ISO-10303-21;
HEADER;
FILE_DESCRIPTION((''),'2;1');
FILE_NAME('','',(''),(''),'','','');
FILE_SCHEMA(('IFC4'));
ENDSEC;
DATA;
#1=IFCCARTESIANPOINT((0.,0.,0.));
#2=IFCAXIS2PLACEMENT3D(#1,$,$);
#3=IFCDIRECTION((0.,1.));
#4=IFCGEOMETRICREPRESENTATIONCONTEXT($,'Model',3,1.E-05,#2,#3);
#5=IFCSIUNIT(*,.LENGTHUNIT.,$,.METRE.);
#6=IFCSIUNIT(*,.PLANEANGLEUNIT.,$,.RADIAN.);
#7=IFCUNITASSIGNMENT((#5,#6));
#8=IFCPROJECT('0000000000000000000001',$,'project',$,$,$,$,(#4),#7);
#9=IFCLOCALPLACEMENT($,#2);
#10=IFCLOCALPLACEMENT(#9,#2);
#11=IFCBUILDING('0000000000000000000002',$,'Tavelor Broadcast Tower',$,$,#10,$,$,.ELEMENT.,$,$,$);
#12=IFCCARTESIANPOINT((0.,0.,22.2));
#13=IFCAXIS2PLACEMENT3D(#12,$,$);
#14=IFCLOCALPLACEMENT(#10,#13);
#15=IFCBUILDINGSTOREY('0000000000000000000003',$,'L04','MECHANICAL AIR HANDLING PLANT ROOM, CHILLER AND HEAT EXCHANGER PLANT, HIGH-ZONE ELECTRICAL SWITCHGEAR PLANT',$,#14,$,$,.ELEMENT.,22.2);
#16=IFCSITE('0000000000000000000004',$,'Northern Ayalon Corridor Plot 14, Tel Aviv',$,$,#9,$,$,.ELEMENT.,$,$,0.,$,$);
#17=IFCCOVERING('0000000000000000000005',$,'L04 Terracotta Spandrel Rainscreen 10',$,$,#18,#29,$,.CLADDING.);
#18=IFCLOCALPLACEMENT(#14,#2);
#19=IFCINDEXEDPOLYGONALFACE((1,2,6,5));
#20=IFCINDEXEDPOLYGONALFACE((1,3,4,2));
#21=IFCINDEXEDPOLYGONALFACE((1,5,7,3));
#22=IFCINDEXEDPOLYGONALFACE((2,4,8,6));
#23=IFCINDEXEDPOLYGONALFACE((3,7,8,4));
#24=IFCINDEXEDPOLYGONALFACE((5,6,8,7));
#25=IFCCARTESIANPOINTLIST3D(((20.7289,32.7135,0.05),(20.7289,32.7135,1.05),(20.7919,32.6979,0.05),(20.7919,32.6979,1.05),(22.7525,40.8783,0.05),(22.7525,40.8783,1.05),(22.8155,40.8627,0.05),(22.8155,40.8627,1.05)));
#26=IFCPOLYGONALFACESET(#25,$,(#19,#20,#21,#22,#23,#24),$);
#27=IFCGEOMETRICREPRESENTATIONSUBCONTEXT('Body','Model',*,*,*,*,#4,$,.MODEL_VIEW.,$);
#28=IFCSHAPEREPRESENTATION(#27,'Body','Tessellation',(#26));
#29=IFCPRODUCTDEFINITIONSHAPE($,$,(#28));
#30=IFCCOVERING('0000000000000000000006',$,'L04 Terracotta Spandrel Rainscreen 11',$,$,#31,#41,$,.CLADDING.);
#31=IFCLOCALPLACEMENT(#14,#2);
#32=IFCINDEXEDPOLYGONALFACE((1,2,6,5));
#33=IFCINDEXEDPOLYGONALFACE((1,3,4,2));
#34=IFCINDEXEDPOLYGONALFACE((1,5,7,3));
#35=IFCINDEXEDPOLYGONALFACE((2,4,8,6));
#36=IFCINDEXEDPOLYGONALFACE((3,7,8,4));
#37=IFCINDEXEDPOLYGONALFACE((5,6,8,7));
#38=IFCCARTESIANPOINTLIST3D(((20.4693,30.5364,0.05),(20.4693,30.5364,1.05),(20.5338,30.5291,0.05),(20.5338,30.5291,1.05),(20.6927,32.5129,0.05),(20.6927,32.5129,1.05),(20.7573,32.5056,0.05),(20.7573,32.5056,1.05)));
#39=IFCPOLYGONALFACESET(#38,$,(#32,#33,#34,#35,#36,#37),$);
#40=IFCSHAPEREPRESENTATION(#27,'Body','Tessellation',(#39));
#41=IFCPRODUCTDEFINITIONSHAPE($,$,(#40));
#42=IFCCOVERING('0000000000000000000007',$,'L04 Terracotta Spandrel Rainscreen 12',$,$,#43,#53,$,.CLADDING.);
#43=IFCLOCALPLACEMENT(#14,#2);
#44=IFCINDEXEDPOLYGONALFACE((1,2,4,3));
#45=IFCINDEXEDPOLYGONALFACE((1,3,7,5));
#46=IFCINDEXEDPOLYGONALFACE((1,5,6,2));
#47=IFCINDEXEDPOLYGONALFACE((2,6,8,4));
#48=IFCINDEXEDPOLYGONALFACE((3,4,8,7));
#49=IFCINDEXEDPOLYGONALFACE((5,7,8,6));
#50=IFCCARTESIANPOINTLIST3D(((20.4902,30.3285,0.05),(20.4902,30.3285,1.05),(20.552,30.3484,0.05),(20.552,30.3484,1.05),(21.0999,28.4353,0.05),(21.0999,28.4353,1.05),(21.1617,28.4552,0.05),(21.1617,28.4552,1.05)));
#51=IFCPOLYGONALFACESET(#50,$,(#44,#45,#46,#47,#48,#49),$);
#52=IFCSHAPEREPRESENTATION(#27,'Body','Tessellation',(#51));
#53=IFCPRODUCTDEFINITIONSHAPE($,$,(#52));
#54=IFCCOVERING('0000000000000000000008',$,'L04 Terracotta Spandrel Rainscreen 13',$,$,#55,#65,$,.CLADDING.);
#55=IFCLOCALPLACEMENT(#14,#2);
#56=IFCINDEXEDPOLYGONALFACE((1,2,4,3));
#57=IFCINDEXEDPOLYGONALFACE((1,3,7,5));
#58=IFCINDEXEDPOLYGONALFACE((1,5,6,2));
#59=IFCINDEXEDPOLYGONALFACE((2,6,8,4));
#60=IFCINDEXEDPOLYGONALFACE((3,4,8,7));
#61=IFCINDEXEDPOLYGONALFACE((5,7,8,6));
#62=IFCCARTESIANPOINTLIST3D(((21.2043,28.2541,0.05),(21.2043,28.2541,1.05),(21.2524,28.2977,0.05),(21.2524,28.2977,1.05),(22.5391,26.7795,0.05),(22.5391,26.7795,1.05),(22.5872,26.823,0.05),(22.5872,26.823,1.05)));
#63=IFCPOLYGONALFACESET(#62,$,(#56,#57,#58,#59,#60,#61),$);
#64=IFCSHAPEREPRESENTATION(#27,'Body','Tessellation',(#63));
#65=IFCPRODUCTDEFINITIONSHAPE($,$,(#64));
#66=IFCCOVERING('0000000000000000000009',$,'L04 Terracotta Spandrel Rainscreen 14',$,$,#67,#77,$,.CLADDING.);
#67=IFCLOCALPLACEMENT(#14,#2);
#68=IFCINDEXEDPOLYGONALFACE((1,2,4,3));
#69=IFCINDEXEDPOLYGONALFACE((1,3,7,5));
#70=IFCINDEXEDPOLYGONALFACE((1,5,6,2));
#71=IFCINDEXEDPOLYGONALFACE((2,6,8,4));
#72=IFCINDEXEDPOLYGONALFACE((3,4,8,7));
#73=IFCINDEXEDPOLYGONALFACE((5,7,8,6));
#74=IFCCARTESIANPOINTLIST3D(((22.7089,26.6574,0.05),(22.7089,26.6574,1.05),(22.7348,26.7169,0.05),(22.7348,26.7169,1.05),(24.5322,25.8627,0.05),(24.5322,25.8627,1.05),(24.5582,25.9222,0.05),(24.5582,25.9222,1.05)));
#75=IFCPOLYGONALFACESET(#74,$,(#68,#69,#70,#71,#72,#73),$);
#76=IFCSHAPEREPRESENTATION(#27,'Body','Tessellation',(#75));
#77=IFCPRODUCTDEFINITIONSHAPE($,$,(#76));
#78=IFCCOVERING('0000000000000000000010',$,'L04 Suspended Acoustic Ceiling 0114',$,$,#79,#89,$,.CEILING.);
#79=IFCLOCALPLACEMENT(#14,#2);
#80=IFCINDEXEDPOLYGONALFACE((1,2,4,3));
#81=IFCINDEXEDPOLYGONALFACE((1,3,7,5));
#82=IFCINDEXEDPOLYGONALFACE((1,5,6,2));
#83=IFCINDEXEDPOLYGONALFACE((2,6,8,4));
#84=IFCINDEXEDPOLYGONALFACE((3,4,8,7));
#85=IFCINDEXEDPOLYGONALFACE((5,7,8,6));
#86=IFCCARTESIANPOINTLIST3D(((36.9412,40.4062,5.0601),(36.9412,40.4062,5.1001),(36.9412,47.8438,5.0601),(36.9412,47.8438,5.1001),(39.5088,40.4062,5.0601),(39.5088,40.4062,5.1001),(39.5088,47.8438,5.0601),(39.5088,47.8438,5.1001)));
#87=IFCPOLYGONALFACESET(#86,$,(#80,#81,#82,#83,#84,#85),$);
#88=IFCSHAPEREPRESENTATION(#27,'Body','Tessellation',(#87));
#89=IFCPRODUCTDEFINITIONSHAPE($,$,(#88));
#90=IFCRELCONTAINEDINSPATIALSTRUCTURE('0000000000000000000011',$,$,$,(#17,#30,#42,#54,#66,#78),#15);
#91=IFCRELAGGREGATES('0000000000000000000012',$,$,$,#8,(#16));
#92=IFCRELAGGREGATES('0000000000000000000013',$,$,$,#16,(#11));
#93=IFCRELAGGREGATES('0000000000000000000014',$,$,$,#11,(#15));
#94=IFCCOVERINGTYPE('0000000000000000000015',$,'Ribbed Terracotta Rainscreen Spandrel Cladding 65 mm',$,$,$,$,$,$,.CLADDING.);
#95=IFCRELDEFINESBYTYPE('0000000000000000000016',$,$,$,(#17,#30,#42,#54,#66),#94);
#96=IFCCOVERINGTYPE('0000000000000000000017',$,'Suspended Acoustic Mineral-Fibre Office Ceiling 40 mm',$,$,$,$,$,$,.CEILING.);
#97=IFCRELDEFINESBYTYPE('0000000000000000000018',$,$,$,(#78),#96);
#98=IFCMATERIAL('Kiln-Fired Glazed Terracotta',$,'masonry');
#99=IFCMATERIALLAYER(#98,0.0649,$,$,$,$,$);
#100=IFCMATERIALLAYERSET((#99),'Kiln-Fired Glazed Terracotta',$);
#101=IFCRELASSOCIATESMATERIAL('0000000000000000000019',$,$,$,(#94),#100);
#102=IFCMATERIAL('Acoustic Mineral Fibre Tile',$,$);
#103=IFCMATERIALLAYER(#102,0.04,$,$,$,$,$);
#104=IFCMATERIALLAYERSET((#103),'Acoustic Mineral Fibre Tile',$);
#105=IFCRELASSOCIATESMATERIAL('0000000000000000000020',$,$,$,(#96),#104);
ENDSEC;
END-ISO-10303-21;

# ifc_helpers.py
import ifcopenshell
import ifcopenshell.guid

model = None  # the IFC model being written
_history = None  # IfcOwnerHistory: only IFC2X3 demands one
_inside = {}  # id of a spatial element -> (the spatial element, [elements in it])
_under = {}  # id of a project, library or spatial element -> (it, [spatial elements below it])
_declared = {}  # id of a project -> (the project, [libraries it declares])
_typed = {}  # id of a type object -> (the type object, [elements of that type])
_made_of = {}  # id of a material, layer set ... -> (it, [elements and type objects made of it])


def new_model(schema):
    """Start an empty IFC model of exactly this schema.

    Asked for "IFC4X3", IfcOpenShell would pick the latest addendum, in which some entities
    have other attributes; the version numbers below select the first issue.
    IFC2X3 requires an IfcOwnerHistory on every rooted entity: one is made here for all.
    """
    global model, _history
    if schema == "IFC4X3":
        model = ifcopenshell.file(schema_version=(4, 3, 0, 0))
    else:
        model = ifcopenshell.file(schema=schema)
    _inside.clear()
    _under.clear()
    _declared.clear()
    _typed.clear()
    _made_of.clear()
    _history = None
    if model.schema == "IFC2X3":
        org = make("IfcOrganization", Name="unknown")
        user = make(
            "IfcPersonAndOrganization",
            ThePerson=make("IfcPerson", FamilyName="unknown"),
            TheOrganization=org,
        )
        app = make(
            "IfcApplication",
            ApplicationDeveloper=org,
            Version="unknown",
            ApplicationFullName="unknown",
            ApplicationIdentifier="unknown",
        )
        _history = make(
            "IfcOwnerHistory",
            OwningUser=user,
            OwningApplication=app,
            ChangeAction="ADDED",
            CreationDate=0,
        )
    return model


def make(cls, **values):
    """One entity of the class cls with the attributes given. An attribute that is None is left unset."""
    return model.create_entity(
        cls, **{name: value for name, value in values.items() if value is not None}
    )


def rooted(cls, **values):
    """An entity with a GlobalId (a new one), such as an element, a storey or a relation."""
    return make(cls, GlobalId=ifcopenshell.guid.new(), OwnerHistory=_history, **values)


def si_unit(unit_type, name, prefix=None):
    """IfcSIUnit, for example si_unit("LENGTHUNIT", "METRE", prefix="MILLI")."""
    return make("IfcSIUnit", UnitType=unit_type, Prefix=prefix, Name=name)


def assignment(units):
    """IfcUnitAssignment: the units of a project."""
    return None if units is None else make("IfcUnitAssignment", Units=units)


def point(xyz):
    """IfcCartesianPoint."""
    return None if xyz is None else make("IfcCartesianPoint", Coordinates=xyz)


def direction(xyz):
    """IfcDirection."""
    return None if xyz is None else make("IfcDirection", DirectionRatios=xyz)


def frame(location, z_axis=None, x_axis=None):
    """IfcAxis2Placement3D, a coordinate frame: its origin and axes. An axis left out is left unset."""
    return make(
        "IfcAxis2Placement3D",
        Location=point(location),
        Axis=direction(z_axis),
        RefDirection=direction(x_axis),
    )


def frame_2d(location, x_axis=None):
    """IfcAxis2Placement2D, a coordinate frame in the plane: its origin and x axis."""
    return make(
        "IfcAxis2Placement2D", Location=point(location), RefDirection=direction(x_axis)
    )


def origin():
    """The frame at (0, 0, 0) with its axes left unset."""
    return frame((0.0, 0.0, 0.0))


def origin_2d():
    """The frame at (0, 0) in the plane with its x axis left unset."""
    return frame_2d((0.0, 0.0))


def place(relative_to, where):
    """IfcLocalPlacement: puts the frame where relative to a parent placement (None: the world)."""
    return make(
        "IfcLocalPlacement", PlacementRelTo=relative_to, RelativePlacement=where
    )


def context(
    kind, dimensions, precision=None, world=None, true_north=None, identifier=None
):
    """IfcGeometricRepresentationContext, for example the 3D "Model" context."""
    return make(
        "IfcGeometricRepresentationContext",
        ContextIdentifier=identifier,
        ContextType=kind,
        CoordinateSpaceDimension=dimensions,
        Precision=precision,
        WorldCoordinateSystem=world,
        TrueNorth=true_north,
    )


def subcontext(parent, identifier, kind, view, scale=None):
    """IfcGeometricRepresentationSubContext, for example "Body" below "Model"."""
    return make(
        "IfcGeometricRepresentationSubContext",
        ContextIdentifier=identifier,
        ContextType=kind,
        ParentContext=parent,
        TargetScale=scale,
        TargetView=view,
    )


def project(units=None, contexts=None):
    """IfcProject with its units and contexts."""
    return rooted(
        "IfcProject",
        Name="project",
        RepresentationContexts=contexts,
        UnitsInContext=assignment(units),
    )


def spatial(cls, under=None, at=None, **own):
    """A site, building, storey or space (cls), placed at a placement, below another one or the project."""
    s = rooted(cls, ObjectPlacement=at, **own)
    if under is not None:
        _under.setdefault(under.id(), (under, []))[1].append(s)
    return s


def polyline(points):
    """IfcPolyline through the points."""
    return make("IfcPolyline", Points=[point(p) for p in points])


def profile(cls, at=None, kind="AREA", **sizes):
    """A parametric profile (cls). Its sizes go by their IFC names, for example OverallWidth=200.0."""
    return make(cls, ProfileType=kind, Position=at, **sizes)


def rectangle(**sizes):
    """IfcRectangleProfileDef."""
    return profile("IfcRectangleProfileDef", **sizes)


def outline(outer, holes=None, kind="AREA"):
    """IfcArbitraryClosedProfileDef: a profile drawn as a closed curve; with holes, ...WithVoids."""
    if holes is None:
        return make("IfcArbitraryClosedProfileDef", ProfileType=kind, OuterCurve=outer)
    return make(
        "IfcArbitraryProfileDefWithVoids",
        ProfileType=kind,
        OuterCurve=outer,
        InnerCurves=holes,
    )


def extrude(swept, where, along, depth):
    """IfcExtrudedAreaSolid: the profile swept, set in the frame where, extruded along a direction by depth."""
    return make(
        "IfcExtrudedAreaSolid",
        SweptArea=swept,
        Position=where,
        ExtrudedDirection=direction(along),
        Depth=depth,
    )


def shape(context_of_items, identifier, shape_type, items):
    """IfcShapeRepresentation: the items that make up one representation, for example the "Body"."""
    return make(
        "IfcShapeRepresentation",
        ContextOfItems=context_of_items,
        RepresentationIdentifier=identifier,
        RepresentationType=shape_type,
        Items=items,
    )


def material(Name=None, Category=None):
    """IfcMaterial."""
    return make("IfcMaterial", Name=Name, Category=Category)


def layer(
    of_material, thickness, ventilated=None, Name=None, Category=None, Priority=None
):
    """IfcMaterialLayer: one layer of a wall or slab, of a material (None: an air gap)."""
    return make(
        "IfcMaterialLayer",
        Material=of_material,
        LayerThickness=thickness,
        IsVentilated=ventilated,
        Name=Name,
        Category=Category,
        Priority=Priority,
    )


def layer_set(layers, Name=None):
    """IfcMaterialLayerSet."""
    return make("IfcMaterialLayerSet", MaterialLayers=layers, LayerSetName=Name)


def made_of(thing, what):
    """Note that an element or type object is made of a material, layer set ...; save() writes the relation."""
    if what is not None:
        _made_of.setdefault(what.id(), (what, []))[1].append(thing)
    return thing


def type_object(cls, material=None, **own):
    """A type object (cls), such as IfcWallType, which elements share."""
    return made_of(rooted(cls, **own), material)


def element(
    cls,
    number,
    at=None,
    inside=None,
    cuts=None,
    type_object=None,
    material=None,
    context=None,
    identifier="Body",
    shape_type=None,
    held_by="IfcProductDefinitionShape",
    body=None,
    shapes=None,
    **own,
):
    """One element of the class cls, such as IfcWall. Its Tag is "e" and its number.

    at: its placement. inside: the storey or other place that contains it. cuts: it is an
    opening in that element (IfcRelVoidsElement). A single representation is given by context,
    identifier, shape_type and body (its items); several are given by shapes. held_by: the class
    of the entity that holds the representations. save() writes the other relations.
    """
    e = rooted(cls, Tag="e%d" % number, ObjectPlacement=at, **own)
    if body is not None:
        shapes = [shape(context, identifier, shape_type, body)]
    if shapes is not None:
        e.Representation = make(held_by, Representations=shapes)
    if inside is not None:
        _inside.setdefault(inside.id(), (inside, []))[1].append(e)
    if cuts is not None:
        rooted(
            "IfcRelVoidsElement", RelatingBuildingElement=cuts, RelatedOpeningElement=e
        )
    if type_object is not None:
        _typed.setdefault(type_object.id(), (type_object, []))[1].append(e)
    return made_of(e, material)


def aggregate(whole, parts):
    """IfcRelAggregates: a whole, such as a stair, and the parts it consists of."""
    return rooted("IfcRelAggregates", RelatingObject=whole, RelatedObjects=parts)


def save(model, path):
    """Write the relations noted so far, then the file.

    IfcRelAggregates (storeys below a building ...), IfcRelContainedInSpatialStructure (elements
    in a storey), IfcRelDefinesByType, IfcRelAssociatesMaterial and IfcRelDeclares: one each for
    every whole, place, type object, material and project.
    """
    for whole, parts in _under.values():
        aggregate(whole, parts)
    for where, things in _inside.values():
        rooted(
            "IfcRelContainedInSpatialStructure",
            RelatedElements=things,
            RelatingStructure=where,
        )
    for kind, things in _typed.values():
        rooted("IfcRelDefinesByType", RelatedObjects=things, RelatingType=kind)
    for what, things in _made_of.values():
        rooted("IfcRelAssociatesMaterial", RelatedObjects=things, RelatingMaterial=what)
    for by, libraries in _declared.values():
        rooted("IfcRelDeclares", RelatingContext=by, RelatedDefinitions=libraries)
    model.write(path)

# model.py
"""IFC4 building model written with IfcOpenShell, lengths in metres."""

from ifc_helpers import new_model, si_unit, direction, frame, origin, origin_2d, place, context, subcontext, project, spatial, polyline, rectangle, outline, extrude, material, layer, layer_set, type_object, element, save


model = new_model("IFC4")

# Units and contexts
model_context = context("Model", 3, precision=1e-05, world=origin(), true_north=direction((0.0, 1.0)))
body_context = subcontext(model_context, "Body", "Model", "MODEL_VIEW")
ifc_project = project(units=[si_unit("LENGTHUNIT", "METRE"), si_unit("PLANEANGLEUNIT", "RADIAN")], contexts=[model_context])

# Site, building, storey
site_placement = place(None, origin())
site = spatial("IfcSite", under=ifc_project, at=site_placement, Name="Northern Ayalon Corridor Plot 14, Tel Aviv", CompositionType="ELEMENT", RefElevation=0.0)
building_placement = place(site_placement, origin())
building = spatial("IfcBuilding", under=site, at=building_placement, Name="Tavelor Broadcast Tower", CompositionType="ELEMENT")
storey_placement = place(building_placement, frame((0.0, 0.0, 22.2)))
storey = spatial("IfcBuildingStorey", under=building, at=storey_placement, Name="L04", Description="MECHANICAL AIR HANDLING PLANT ROOM, CHILLER AND HEAT EXCHANGER PLANT, HIGH-ZONE ELECTRICAL SWITCHGEAR PLANT", CompositionType="ELEMENT", Elevation=22.2)

# Coverings
ifc_material_1 = material(Name="Kiln-Fired Glazed Terracotta", Category="masonry")
ifc_layer_1 = layer(ifc_material_1, 0.0649)
ifc_layer_set_1 = layer_set([ifc_layer_1], Name="Kiln-Fired Glazed Terracotta")
covering_type_1 = type_object("IfcCoveringType", Name="Ribbed Terracotta Rainscreen Spandrel Cladding 65 mm", PredefinedType="CLADDING", material=ifc_layer_set_1)
covering_1_placement = place(storey_placement, frame((21.7722, 36.7881, 0.05), z_axis=(0.0, 0.0, 1.0), x_axis=(-0.240567, -0.970633, 0.0)))
element("IfcCovering", 1, at=covering_1_placement, inside=storey, type_object=covering_type_1, Name="L04 Terracotta Spandrel Rainscreen 10", PredefinedType="CLADDING", context=body_context, shape_type="SweptSolid", body=[
    extrude(rectangle(XDim=8.4119, YDim=0.0649, at=origin_2d()), origin(), (0.0, 0.0, 1.0), 1.0),
])
for number, where, z_axis, x_axis, name in (
    (2, (20.6133, 31.521, 0.05), (0.0, 0.0, 1.0), (-0.112336, -0.99367, 0.0), "L04 Terracotta Spandrel Rainscreen 11"),
    (3, (20.8259, 29.3918, 0.05), (0.0, 0.0, 1.0), (0.306526, -0.951862, 0.0), "L04 Terracotta Spandrel Rainscreen 12"),
    (4, (21.8958, 27.5386, 0.05), (0.0, 0.0, 1.0), (0.671074, -0.741391, 0.0), "L04 Terracotta Spandrel Rainscreen 13"),
    (5, (23.6335, 26.2898, 0.05), (0.0, 0.0, 1.0), (0.916712, -0.399549, 0.0), "L04 Terracotta Spandrel Rainscreen 14"),
):
    element("IfcCovering", number, at=place(storey_placement, frame(where, z_axis=z_axis, x_axis=x_axis)), inside=storey, type_object=covering_type_1, Name=name, PredefinedType="CLADDING", context=body_context, shape_type="SweptSolid", body=[
        extrude(rectangle(XDim=1.989, YDim=0.0649, at=origin_2d()), origin(), (0.0, 0.0, 1.0), 1.0),
    ])
ifc_material_2 = material(Name="Acoustic Mineral Fibre Tile")
ifc_layer_2 = layer(ifc_material_2, 0.04)
ifc_layer_set_2 = layer_set([ifc_layer_2], Name="Acoustic Mineral Fibre Tile")
covering_type_2 = type_object("IfcCoveringType", Name="Suspended Acoustic Mineral-Fibre Office Ceiling 40 mm", PredefinedType="CEILING", material=ifc_layer_set_2)
covering_2_placement = place(storey_placement, frame((0.0, 0.0, 5.0601)))
element("IfcCovering", 6, at=covering_2_placement, inside=storey, type_object=covering_type_2, Name="L04 Suspended Acoustic Ceiling 0114", PredefinedType="CEILING", context=body_context, shape_type="SweptSolid", body=[
    extrude(outline(polyline([(36.9412, 40.4062), (39.5088, 40.4062), (39.5088, 47.8438), (36.9412, 47.8438), (36.9412, 40.4062)])), origin(), (0.0, 0.0, 1.0), 0.04),
])

save(model, "model.ifc")
